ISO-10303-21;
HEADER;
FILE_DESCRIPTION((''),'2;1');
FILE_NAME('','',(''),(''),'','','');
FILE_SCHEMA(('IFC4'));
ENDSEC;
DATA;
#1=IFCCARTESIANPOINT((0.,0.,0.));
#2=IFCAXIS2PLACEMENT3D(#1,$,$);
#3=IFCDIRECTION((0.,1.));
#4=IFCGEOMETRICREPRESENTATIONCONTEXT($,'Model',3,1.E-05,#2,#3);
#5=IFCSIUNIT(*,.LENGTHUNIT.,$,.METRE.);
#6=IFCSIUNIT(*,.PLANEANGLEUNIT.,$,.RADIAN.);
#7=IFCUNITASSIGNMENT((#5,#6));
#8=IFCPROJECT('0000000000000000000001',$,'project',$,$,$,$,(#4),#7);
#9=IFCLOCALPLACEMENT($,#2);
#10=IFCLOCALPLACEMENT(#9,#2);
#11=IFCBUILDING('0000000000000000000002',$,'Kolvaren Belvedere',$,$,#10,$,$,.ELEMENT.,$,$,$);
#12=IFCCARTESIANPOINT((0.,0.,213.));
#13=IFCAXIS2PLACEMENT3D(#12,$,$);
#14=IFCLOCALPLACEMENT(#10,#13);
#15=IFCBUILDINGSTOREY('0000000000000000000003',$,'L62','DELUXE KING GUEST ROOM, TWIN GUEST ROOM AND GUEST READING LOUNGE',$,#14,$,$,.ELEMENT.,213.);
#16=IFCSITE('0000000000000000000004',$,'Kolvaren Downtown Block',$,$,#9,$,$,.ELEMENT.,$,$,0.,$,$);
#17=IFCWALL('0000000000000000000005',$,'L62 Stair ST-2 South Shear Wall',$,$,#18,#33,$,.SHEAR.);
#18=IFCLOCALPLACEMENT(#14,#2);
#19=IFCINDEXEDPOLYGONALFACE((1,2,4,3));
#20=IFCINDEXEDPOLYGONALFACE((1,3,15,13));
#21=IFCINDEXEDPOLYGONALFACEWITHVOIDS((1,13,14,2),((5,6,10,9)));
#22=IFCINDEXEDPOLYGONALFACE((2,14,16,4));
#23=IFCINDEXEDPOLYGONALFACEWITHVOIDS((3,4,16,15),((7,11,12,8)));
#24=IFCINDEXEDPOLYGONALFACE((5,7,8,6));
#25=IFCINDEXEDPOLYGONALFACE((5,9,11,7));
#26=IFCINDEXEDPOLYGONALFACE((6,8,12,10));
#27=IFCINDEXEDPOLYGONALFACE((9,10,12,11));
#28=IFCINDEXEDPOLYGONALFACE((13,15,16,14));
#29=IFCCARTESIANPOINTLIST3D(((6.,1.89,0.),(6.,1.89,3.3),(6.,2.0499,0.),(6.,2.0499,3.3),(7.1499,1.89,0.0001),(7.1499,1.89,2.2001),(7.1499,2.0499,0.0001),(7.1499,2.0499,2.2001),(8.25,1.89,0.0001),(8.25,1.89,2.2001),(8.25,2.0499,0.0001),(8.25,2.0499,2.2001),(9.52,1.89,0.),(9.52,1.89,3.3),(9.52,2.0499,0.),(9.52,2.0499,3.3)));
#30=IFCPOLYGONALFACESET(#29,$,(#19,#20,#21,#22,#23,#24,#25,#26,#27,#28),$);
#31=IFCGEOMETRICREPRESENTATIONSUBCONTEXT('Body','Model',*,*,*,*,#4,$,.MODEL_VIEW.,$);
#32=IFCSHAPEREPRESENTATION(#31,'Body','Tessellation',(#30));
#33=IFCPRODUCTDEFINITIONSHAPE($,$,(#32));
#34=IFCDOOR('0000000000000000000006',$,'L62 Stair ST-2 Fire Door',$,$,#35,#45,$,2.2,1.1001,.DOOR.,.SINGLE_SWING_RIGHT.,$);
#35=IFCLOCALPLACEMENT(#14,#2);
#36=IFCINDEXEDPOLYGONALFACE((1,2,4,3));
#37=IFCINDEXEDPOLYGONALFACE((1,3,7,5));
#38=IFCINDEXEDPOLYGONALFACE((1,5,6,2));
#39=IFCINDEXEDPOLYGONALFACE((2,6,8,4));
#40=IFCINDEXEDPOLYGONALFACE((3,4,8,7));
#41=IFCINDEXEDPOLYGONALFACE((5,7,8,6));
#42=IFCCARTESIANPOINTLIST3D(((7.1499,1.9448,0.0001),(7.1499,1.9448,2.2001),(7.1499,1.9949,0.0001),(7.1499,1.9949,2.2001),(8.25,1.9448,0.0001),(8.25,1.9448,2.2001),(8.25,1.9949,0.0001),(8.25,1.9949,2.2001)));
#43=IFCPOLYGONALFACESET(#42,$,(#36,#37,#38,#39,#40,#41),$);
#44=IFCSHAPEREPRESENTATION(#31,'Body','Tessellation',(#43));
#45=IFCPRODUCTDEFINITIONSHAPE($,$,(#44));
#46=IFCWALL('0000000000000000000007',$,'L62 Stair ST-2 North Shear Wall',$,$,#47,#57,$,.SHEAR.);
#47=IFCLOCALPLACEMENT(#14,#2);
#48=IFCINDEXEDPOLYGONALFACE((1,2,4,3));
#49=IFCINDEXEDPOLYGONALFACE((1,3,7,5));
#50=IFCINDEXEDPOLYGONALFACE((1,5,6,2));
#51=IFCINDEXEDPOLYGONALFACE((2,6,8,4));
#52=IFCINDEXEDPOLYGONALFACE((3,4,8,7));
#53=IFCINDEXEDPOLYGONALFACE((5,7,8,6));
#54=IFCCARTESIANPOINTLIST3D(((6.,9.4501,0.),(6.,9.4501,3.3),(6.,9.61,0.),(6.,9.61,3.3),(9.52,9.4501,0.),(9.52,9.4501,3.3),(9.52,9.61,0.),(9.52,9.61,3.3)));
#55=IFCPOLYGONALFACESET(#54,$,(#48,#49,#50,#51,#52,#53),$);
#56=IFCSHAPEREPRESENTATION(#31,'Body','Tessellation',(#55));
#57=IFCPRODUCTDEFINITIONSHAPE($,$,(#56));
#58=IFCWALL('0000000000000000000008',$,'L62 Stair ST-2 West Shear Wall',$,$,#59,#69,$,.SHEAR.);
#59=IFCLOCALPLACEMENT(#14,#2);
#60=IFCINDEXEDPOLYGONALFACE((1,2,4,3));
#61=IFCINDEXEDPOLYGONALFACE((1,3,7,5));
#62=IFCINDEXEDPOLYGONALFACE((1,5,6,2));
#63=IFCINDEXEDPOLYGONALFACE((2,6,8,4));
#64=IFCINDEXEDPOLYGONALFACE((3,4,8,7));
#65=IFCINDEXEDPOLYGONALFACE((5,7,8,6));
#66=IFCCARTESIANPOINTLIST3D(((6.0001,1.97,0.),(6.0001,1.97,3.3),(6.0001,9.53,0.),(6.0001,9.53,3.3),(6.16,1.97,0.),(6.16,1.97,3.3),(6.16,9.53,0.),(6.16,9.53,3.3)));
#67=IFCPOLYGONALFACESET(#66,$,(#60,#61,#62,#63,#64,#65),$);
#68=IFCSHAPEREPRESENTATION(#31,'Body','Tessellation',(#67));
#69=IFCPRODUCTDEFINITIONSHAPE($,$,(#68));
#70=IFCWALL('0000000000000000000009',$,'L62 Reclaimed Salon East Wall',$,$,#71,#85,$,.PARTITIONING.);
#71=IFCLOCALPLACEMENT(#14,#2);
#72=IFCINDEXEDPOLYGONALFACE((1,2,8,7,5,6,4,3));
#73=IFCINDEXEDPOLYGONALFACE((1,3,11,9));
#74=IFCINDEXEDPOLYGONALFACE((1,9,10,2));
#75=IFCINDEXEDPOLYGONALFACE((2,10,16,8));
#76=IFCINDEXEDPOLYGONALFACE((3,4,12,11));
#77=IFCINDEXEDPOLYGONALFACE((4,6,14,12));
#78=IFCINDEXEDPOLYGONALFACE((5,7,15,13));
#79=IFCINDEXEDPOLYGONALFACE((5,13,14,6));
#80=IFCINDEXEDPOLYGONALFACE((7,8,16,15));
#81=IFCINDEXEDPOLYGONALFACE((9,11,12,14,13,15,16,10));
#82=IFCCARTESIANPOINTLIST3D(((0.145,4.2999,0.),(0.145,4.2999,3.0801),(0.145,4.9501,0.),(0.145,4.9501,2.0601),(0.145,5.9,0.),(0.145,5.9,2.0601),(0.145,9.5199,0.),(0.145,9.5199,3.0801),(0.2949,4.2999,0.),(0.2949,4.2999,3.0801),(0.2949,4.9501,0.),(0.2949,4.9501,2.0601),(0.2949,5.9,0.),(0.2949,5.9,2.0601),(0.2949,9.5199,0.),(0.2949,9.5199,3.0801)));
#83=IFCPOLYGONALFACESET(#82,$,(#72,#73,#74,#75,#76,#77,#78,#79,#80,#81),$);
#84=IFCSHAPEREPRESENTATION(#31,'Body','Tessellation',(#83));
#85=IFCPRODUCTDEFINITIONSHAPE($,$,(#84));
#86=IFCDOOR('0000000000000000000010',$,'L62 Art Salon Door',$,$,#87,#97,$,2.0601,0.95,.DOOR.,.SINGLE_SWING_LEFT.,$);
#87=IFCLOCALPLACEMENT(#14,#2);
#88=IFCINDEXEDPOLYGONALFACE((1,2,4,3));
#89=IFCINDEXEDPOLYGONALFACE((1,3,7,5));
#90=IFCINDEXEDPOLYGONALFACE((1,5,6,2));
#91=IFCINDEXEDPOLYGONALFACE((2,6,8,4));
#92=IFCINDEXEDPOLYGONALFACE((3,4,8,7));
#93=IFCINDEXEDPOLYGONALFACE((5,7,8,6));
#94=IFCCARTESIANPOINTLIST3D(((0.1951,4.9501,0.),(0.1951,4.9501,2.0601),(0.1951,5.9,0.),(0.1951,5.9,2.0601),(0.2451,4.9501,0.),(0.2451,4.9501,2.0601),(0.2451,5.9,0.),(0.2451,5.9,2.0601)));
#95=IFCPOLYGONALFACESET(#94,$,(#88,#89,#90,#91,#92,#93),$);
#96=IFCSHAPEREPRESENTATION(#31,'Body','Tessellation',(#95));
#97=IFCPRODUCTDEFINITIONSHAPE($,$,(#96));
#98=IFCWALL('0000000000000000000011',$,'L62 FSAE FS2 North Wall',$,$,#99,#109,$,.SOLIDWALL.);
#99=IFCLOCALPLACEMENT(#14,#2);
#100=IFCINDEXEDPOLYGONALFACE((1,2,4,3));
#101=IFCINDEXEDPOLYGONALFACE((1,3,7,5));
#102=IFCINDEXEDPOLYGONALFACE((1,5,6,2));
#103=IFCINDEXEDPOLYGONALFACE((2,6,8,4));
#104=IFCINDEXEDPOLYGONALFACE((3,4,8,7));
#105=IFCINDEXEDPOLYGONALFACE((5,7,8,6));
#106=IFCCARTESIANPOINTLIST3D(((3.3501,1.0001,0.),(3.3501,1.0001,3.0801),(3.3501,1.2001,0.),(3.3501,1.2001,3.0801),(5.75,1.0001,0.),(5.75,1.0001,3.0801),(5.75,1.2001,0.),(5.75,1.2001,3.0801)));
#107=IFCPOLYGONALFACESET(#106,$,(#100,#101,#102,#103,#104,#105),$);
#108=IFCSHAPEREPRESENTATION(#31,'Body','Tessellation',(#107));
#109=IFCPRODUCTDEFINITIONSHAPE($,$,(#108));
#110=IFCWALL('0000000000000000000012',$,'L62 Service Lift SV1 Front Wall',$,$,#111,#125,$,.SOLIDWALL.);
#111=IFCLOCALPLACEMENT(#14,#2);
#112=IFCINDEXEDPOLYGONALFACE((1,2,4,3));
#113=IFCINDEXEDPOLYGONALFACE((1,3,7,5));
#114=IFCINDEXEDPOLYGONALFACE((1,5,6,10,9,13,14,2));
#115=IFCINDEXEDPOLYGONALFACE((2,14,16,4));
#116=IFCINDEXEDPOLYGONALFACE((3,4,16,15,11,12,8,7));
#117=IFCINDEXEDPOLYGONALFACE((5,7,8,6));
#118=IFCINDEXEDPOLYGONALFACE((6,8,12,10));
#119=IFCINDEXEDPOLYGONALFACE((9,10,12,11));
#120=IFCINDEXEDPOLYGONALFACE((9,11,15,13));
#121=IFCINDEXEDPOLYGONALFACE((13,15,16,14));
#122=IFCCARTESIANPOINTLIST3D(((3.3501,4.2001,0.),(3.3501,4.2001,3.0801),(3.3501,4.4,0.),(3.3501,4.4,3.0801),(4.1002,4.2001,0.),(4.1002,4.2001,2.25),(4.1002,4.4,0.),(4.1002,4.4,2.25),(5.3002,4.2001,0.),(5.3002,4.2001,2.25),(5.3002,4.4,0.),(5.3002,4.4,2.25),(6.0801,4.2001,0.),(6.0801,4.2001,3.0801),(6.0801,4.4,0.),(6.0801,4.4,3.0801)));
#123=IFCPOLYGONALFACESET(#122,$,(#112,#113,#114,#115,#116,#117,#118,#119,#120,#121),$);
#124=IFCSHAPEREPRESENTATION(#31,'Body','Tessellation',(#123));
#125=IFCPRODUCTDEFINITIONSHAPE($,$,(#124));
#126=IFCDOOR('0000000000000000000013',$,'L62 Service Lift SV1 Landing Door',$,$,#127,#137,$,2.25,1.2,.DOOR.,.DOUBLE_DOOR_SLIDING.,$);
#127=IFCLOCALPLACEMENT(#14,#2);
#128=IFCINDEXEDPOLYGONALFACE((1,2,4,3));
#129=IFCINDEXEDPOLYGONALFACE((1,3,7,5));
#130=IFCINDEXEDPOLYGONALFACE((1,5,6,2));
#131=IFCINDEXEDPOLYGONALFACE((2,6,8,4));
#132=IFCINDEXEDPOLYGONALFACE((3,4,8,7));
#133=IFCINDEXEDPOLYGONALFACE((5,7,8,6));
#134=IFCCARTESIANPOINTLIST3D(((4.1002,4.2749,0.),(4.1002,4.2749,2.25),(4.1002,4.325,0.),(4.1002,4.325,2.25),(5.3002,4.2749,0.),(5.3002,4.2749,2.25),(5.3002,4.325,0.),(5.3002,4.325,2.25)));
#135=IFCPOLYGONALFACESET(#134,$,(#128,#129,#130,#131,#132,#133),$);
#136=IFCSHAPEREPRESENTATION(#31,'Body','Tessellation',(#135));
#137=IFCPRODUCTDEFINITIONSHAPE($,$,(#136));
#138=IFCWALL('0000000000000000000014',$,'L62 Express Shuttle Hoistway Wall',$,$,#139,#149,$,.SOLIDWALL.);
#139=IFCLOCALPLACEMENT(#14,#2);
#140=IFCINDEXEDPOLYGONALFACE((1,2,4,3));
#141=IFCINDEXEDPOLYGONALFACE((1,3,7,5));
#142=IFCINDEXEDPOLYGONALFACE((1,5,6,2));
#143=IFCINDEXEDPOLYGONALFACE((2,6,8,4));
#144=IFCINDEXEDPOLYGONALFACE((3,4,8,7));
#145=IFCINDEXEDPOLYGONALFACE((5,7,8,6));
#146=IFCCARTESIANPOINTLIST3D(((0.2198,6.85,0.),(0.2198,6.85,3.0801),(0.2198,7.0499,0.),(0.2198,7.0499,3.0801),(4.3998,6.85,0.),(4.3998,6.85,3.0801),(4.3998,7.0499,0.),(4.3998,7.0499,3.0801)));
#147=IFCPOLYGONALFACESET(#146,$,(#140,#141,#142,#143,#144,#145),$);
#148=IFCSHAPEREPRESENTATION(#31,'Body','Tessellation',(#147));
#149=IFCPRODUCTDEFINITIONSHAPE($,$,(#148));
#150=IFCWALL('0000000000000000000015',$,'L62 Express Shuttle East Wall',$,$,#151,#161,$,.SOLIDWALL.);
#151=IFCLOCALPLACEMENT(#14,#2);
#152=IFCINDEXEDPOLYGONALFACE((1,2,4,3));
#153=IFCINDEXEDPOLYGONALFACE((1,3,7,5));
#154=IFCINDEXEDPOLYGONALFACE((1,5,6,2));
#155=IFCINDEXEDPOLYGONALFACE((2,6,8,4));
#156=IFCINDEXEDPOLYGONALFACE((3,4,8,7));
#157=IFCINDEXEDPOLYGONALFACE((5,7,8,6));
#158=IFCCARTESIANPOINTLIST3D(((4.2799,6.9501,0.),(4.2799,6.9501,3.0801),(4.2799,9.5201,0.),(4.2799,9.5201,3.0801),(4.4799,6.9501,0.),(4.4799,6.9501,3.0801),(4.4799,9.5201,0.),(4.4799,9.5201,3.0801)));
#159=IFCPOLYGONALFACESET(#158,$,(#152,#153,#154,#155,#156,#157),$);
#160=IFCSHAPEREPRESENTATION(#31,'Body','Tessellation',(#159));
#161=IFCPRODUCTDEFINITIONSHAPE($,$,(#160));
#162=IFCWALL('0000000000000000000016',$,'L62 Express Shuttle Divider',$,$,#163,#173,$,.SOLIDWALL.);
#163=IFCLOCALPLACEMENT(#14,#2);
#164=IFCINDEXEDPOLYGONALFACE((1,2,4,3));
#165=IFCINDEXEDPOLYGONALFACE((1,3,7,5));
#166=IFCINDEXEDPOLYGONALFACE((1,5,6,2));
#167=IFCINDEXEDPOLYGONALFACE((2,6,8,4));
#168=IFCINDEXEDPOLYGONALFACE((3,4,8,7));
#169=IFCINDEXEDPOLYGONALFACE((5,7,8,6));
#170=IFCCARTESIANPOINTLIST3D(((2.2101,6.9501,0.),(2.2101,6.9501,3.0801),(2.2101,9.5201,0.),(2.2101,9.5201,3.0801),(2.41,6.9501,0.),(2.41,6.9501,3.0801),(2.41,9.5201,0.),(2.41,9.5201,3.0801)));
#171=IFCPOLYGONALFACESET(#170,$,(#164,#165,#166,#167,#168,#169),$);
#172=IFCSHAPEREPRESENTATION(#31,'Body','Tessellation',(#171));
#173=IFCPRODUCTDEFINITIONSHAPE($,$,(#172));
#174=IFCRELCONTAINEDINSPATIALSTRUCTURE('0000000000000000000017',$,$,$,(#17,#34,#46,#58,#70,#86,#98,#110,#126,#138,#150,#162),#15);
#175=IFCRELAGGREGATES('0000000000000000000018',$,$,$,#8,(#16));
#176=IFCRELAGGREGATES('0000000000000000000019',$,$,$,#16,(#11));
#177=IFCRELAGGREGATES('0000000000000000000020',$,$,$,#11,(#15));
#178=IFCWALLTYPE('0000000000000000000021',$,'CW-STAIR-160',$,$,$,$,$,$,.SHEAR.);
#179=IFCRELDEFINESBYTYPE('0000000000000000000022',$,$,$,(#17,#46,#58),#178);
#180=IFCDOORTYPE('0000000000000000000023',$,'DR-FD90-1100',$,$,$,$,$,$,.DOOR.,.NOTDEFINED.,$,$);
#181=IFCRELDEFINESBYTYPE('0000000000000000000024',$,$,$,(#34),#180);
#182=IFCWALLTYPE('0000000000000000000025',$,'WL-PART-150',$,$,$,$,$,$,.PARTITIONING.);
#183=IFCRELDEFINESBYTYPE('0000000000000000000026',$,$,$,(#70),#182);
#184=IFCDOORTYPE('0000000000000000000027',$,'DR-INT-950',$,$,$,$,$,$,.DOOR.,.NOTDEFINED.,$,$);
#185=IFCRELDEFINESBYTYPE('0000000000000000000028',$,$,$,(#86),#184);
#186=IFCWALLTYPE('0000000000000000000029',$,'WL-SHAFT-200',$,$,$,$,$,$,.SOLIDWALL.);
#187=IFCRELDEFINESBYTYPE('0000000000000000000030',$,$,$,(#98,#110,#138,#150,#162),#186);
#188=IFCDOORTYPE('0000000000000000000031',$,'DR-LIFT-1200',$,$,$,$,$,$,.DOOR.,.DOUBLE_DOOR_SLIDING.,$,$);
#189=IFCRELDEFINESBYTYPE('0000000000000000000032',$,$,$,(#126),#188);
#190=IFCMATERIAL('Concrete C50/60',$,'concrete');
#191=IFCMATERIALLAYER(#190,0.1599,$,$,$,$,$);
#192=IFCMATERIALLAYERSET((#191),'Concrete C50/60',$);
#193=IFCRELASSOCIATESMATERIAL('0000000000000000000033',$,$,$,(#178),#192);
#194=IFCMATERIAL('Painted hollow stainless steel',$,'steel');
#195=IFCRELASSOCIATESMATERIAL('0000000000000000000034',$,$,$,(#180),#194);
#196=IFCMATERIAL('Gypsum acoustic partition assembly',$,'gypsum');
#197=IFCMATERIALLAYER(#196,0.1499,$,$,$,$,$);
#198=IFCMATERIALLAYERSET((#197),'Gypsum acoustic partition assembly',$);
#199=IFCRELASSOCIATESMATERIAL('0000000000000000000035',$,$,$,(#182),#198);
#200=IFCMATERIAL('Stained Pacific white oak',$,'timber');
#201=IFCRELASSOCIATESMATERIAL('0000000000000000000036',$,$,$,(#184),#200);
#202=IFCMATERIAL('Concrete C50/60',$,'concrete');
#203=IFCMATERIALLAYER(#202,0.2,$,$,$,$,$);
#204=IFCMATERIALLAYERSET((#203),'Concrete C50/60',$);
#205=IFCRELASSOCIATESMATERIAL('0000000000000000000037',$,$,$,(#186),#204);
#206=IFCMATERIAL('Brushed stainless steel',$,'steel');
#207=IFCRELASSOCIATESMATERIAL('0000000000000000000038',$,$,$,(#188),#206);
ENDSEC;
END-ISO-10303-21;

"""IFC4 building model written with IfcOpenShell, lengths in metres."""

from ifc_helpers import new_model, si_unit, direction, frame, frame_2d, origin, place, context, subcontext, project, spatial, rectangle, extrude, material, layer, layer_set, type_object, element, fill, save


model = new_model("IFC4")

# Units and contexts
model_context = context("Model", 3, precision=1e-05, world=origin(), true_north=direction((0.0, 1.0)))
body_context = subcontext(model_context, "Body", "Model", "MODEL_VIEW")
ifc_project = project(units=[si_unit("LENGTHUNIT", "METRE"), si_unit("PLANEANGLEUNIT", "RADIAN")], contexts=[model_context])

# Site, building, storey
site_placement = place(None, origin())
site = spatial("IfcSite", under=ifc_project, at=site_placement, Name="Kolvaren Downtown Block", CompositionType="ELEMENT", RefElevation=0.0)
building_placement = place(site_placement, origin())
building = spatial("IfcBuilding", under=site, at=building_placement, Name="Kolvaren Belvedere", CompositionType="ELEMENT")
storey_placement = place(building_placement, frame((0.0, 0.0, 213.0)))
storey = spatial("IfcBuildingStorey", under=building, at=storey_placement, Name="L62", Description="DELUXE KING GUEST ROOM, TWIN GUEST ROOM AND GUEST READING LOUNGE", CompositionType="ELEMENT", Elevation=213.0)

# Wall, opening, door
ifc_material_1 = material(Name="Concrete C50/60", Category="concrete")
ifc_layer_1 = layer(ifc_material_1, 0.1599)
ifc_layer_set_1 = layer_set([ifc_layer_1], Name="Concrete C50/60")
wall_type_1 = type_object("IfcWallType", Name="CW-STAIR-160", PredefinedType="SHEAR", material=ifc_layer_set_1)
wall_1_placement = place(storey_placement, frame((6.0, 1.97, 0.0), z_axis=(0.0, 0.0, 1.0), x_axis=(1.0, 0.0, 0.0)))
wall_1 = element("IfcWall", 1, at=wall_1_placement, inside=storey, type_object=wall_type_1, Name="L62 Stair ST-2 South Shear Wall", PredefinedType="SHEAR", context=body_context, shape_type="SweptSolid", body=[
    extrude(rectangle(XDim=3.52, YDim=0.1599, at=frame_2d((1.76, 0.0))), origin(), (0.0, 0.0, 1.0), 3.3),
])
opening_1_placement = place(wall_1_placement, frame((1.1499, 0.0, 0.0)))
opening_1 = element("IfcOpeningElement", 2, at=opening_1_placement, cuts=wall_1, PredefinedType="OPENING", context=body_context, shape_type="SweptSolid", body=[
    extrude(rectangle(XDim=1.1001, YDim=2.2, at=frame_2d((0.55, 1.1001))), frame((0.0, 0.0898, 0.0), z_axis=(0.0, -1.0, 0.0), x_axis=(1.0, 0.0, 0.0)), (0.0, 0.0, 1.0), 0.1799),
])
ifc_material_2 = material(Name="Painted hollow stainless steel", Category="steel")
door_type_1 = type_object("IfcDoorType", Name="DR-FD90-1100", OperationType="NOTDEFINED", PredefinedType="DOOR", material=ifc_material_2)
door_1_placement = place(opening_1_placement, origin())
door_1 = element("IfcDoor", 3, at=door_1_placement, inside=storey, type_object=door_type_1, Name="L62 Stair ST-2 Fire Door", OperationType="SINGLE_SWING_RIGHT", OverallHeight=2.2, OverallWidth=1.1001, PredefinedType="DOOR", context=body_context, shape_type="SweptSolid", body=[
    extrude(rectangle(XDim=1.1001, YDim=2.2, at=frame_2d((0.55, 1.1001))), frame((0.0, 0.0249, 0.0), z_axis=(0.0, -1.0, 0.0), x_axis=(1.0, 0.0, 0.0)), (0.0, 0.0, 1.0), 0.05),
])
fill(opening_1, door_1)

# Walls
wall_2_placement = place(storey_placement, frame((6.0, 9.53, 0.0), z_axis=(0.0, 0.0, 1.0), x_axis=(1.0, 0.0, 0.0)))
element("IfcWall", 4, at=wall_2_placement, inside=storey, type_object=wall_type_1, Name="L62 Stair ST-2 North Shear Wall", PredefinedType="SHEAR", context=body_context, shape_type="SweptSolid", body=[
    extrude(rectangle(XDim=3.52, YDim=0.1599, at=frame_2d((1.76, 0.0))), origin(), (0.0, 0.0, 1.0), 3.3),
])
wall_3_placement = place(storey_placement, frame((6.0801, 1.97, 0.0), z_axis=(0.0, 0.0, 1.0), x_axis=(0.0, 1.0, 0.0)))
element("IfcWall", 5, at=wall_3_placement, inside=storey, type_object=wall_type_1, Name="L62 Stair ST-2 West Shear Wall", PredefinedType="SHEAR", context=body_context, shape_type="SweptSolid", body=[
    extrude(rectangle(XDim=7.5601, YDim=0.1599, at=frame_2d((3.78, 0.0))), origin(), (0.0, 0.0, 1.0), 3.3),
])

# Wall, opening, door
ifc_material_3 = material(Name="Gypsum acoustic partition assembly", Category="gypsum")
ifc_layer_2 = layer(ifc_material_3, 0.1499)
ifc_layer_set_2 = layer_set([ifc_layer_2], Name="Gypsum acoustic partition assembly")
wall_type_2 = type_object("IfcWallType", Name="WL-PART-150", PredefinedType="PARTITIONING", material=ifc_layer_set_2)
wall_4_placement = place(storey_placement, frame((0.22, 4.3, 0.0), z_axis=(0.0, 0.0, 1.0), x_axis=(0.0, 1.0, 0.0)))
wall_4 = element("IfcWall", 6, at=wall_4_placement, inside=storey, type_object=wall_type_2, Name="L62 Reclaimed Salon East Wall", PredefinedType="PARTITIONING", context=body_context, shape_type="SweptSolid", body=[
    extrude(rectangle(XDim=5.22, YDim=0.1499, at=frame_2d((2.6099, 0.0))), origin(), (0.0, 0.0, 1.0), 3.0801),
])
opening_2_placement = place(wall_4_placement, frame((0.6499, 0.0, 0.0)))
opening_2 = element("IfcOpeningElement", 7, at=opening_2_placement, cuts=wall_4, PredefinedType="OPENING", context=body_context, shape_type="SweptSolid", body=[
    extrude(rectangle(XDim=0.95, YDim=2.0601, at=frame_2d((0.4751, 1.03))), frame((0.0, 0.085, 0.0), z_axis=(0.0, -1.0, 0.0), x_axis=(1.0, 0.0, 0.0)), (0.0, 0.0, 1.0), 0.1699),
])
ifc_material_4 = material(Name="Stained Pacific white oak", Category="timber")
door_type_2 = type_object("IfcDoorType", Name="DR-INT-950", OperationType="NOTDEFINED", PredefinedType="DOOR", material=ifc_material_4)
door_2_placement = place(opening_2_placement, origin())
door_2 = element("IfcDoor", 8, at=door_2_placement, inside=storey, type_object=door_type_2, Name="L62 Art Salon Door", OperationType="SINGLE_SWING_LEFT", OverallHeight=2.0601, OverallWidth=0.95, PredefinedType="DOOR", context=body_context, shape_type="SweptSolid", body=[
    extrude(rectangle(XDim=0.95, YDim=2.0601, at=frame_2d((0.4751, 1.03))), frame((0.0, 0.0249, 0.0), z_axis=(0.0, -1.0, 0.0), x_axis=(1.0, 0.0, 0.0)), (0.0, 0.0, 1.0), 0.05),
])
fill(opening_2, door_2)

# Wall
ifc_material_5 = material(Name="Concrete C50/60", Category="concrete")
ifc_layer_3 = layer(ifc_material_5, 0.2)
ifc_layer_set_3 = layer_set([ifc_layer_3], Name="Concrete C50/60")
wall_type_3 = type_object("IfcWallType", Name="WL-SHAFT-200", PredefinedType="SOLIDWALL", material=ifc_layer_set_3)
wall_5_placement = place(storey_placement, frame((3.3501, 1.1001, 0.0), z_axis=(0.0, 0.0, 1.0), x_axis=(1.0, 0.0, 0.0)))
element("IfcWall", 9, at=wall_5_placement, inside=storey, type_object=wall_type_3, Name="L62 FSAE FS2 North Wall", PredefinedType="SOLIDWALL", context=body_context, shape_type="SweptSolid", body=[
    extrude(rectangle(XDim=2.3999, YDim=0.2, at=frame_2d((1.2, 0.0))), origin(), (0.0, 0.0, 1.0), 3.0801),
])

# Wall, opening, door
wall_6_placement = place(storey_placement, frame((3.3501, 4.3, 0.0), z_axis=(0.0, 0.0, 1.0), x_axis=(1.0, 0.0, 0.0)))
wall_6 = element("IfcWall", 10, at=wall_6_placement, inside=storey, type_object=wall_type_3, Name="L62 Service Lift SV1 Front Wall", PredefinedType="SOLIDWALL", context=body_context, shape_type="SweptSolid", body=[
    extrude(rectangle(XDim=2.73, YDim=0.2, at=frame_2d((1.365, 0.0))), origin(), (0.0, 0.0, 1.0), 3.0801),
])
opening_3_placement = place(wall_6_placement, frame((0.75, 0.0, 0.0)))
opening_3 = element("IfcOpeningElement", 11, at=opening_3_placement, cuts=wall_6, PredefinedType="OPENING", context=body_context, shape_type="SweptSolid", body=[
    extrude(rectangle(XDim=1.2, YDim=2.25, at=frame_2d((0.6001, 1.125))), frame((0.0, 0.1099, 0.0), z_axis=(0.0, -1.0, 0.0), x_axis=(1.0, 0.0, 0.0)), (0.0, 0.0, 1.0), 0.22),
])
ifc_material_6 = material(Name="Brushed stainless steel", Category="steel")
door_type_3 = type_object("IfcDoorType", Name="DR-LIFT-1200", OperationType="DOUBLE_DOOR_SLIDING", PredefinedType="DOOR", material=ifc_material_6)
door_3_placement = place(opening_3_placement, origin())
door_3 = element("IfcDoor", 12, at=door_3_placement, inside=storey, type_object=door_type_3, Name="L62 Service Lift SV1 Landing Door", OperationType="DOUBLE_DOOR_SLIDING", OverallHeight=2.25, OverallWidth=1.2, PredefinedType="DOOR", context=body_context, shape_type="SweptSolid", body=[
    extrude(rectangle(XDim=1.2, YDim=2.25, at=frame_2d((0.6001, 1.125))), frame((0.0, 0.0249, 0.0), z_axis=(0.0, -1.0, 0.0), x_axis=(1.0, 0.0, 0.0)), (0.0, 0.0, 1.0), 0.05),
])
fill(opening_3, door_3)

# Walls
wall_7_placement = place(storey_placement, frame((0.22, 6.95, 0.0), z_axis=(0.0, 0.0, 1.0), x_axis=(1.0, 0.0, 0.0)))
element("IfcWall", 13, at=wall_7_placement, inside=storey, type_object=wall_type_3, Name="L62 Express Shuttle Hoistway Wall", PredefinedType="SOLIDWALL", context=body_context, shape_type="SweptSolid", body=[
    extrude(rectangle(XDim=4.1799, YDim=0.2, at=frame_2d((2.0898, 0.0))), origin(), (0.0, 0.0, 1.0), 3.0801),
])
for number, where, z_axis, x_axis, name in (
    (14, (4.3799, 6.95, 0.0), (0.0, 0.0, 1.0), (0.0, 1.0, 0.0), "L62 Express Shuttle East Wall"),
    (15, (2.3101, 6.95, 0.0), (0.0, 0.0, 1.0), (0.0, 1.0, 0.0), "L62 Express Shuttle Divider"),
):
    element("IfcWall", number, at=place(storey_placement, frame(where, z_axis=z_axis, x_axis=x_axis)), inside=storey, type_object=wall_type_3, Name=name, PredefinedType="SOLIDWALL", context=body_context, shape_type="SweptSolid", body=[
        extrude(rectangle(XDim=2.5701, YDim=0.2, at=frame_2d((1.2852, 0.0))), origin(), (0.0, 0.0, 1.0), 3.0801),
    ])

save(model, "model.ifc")
